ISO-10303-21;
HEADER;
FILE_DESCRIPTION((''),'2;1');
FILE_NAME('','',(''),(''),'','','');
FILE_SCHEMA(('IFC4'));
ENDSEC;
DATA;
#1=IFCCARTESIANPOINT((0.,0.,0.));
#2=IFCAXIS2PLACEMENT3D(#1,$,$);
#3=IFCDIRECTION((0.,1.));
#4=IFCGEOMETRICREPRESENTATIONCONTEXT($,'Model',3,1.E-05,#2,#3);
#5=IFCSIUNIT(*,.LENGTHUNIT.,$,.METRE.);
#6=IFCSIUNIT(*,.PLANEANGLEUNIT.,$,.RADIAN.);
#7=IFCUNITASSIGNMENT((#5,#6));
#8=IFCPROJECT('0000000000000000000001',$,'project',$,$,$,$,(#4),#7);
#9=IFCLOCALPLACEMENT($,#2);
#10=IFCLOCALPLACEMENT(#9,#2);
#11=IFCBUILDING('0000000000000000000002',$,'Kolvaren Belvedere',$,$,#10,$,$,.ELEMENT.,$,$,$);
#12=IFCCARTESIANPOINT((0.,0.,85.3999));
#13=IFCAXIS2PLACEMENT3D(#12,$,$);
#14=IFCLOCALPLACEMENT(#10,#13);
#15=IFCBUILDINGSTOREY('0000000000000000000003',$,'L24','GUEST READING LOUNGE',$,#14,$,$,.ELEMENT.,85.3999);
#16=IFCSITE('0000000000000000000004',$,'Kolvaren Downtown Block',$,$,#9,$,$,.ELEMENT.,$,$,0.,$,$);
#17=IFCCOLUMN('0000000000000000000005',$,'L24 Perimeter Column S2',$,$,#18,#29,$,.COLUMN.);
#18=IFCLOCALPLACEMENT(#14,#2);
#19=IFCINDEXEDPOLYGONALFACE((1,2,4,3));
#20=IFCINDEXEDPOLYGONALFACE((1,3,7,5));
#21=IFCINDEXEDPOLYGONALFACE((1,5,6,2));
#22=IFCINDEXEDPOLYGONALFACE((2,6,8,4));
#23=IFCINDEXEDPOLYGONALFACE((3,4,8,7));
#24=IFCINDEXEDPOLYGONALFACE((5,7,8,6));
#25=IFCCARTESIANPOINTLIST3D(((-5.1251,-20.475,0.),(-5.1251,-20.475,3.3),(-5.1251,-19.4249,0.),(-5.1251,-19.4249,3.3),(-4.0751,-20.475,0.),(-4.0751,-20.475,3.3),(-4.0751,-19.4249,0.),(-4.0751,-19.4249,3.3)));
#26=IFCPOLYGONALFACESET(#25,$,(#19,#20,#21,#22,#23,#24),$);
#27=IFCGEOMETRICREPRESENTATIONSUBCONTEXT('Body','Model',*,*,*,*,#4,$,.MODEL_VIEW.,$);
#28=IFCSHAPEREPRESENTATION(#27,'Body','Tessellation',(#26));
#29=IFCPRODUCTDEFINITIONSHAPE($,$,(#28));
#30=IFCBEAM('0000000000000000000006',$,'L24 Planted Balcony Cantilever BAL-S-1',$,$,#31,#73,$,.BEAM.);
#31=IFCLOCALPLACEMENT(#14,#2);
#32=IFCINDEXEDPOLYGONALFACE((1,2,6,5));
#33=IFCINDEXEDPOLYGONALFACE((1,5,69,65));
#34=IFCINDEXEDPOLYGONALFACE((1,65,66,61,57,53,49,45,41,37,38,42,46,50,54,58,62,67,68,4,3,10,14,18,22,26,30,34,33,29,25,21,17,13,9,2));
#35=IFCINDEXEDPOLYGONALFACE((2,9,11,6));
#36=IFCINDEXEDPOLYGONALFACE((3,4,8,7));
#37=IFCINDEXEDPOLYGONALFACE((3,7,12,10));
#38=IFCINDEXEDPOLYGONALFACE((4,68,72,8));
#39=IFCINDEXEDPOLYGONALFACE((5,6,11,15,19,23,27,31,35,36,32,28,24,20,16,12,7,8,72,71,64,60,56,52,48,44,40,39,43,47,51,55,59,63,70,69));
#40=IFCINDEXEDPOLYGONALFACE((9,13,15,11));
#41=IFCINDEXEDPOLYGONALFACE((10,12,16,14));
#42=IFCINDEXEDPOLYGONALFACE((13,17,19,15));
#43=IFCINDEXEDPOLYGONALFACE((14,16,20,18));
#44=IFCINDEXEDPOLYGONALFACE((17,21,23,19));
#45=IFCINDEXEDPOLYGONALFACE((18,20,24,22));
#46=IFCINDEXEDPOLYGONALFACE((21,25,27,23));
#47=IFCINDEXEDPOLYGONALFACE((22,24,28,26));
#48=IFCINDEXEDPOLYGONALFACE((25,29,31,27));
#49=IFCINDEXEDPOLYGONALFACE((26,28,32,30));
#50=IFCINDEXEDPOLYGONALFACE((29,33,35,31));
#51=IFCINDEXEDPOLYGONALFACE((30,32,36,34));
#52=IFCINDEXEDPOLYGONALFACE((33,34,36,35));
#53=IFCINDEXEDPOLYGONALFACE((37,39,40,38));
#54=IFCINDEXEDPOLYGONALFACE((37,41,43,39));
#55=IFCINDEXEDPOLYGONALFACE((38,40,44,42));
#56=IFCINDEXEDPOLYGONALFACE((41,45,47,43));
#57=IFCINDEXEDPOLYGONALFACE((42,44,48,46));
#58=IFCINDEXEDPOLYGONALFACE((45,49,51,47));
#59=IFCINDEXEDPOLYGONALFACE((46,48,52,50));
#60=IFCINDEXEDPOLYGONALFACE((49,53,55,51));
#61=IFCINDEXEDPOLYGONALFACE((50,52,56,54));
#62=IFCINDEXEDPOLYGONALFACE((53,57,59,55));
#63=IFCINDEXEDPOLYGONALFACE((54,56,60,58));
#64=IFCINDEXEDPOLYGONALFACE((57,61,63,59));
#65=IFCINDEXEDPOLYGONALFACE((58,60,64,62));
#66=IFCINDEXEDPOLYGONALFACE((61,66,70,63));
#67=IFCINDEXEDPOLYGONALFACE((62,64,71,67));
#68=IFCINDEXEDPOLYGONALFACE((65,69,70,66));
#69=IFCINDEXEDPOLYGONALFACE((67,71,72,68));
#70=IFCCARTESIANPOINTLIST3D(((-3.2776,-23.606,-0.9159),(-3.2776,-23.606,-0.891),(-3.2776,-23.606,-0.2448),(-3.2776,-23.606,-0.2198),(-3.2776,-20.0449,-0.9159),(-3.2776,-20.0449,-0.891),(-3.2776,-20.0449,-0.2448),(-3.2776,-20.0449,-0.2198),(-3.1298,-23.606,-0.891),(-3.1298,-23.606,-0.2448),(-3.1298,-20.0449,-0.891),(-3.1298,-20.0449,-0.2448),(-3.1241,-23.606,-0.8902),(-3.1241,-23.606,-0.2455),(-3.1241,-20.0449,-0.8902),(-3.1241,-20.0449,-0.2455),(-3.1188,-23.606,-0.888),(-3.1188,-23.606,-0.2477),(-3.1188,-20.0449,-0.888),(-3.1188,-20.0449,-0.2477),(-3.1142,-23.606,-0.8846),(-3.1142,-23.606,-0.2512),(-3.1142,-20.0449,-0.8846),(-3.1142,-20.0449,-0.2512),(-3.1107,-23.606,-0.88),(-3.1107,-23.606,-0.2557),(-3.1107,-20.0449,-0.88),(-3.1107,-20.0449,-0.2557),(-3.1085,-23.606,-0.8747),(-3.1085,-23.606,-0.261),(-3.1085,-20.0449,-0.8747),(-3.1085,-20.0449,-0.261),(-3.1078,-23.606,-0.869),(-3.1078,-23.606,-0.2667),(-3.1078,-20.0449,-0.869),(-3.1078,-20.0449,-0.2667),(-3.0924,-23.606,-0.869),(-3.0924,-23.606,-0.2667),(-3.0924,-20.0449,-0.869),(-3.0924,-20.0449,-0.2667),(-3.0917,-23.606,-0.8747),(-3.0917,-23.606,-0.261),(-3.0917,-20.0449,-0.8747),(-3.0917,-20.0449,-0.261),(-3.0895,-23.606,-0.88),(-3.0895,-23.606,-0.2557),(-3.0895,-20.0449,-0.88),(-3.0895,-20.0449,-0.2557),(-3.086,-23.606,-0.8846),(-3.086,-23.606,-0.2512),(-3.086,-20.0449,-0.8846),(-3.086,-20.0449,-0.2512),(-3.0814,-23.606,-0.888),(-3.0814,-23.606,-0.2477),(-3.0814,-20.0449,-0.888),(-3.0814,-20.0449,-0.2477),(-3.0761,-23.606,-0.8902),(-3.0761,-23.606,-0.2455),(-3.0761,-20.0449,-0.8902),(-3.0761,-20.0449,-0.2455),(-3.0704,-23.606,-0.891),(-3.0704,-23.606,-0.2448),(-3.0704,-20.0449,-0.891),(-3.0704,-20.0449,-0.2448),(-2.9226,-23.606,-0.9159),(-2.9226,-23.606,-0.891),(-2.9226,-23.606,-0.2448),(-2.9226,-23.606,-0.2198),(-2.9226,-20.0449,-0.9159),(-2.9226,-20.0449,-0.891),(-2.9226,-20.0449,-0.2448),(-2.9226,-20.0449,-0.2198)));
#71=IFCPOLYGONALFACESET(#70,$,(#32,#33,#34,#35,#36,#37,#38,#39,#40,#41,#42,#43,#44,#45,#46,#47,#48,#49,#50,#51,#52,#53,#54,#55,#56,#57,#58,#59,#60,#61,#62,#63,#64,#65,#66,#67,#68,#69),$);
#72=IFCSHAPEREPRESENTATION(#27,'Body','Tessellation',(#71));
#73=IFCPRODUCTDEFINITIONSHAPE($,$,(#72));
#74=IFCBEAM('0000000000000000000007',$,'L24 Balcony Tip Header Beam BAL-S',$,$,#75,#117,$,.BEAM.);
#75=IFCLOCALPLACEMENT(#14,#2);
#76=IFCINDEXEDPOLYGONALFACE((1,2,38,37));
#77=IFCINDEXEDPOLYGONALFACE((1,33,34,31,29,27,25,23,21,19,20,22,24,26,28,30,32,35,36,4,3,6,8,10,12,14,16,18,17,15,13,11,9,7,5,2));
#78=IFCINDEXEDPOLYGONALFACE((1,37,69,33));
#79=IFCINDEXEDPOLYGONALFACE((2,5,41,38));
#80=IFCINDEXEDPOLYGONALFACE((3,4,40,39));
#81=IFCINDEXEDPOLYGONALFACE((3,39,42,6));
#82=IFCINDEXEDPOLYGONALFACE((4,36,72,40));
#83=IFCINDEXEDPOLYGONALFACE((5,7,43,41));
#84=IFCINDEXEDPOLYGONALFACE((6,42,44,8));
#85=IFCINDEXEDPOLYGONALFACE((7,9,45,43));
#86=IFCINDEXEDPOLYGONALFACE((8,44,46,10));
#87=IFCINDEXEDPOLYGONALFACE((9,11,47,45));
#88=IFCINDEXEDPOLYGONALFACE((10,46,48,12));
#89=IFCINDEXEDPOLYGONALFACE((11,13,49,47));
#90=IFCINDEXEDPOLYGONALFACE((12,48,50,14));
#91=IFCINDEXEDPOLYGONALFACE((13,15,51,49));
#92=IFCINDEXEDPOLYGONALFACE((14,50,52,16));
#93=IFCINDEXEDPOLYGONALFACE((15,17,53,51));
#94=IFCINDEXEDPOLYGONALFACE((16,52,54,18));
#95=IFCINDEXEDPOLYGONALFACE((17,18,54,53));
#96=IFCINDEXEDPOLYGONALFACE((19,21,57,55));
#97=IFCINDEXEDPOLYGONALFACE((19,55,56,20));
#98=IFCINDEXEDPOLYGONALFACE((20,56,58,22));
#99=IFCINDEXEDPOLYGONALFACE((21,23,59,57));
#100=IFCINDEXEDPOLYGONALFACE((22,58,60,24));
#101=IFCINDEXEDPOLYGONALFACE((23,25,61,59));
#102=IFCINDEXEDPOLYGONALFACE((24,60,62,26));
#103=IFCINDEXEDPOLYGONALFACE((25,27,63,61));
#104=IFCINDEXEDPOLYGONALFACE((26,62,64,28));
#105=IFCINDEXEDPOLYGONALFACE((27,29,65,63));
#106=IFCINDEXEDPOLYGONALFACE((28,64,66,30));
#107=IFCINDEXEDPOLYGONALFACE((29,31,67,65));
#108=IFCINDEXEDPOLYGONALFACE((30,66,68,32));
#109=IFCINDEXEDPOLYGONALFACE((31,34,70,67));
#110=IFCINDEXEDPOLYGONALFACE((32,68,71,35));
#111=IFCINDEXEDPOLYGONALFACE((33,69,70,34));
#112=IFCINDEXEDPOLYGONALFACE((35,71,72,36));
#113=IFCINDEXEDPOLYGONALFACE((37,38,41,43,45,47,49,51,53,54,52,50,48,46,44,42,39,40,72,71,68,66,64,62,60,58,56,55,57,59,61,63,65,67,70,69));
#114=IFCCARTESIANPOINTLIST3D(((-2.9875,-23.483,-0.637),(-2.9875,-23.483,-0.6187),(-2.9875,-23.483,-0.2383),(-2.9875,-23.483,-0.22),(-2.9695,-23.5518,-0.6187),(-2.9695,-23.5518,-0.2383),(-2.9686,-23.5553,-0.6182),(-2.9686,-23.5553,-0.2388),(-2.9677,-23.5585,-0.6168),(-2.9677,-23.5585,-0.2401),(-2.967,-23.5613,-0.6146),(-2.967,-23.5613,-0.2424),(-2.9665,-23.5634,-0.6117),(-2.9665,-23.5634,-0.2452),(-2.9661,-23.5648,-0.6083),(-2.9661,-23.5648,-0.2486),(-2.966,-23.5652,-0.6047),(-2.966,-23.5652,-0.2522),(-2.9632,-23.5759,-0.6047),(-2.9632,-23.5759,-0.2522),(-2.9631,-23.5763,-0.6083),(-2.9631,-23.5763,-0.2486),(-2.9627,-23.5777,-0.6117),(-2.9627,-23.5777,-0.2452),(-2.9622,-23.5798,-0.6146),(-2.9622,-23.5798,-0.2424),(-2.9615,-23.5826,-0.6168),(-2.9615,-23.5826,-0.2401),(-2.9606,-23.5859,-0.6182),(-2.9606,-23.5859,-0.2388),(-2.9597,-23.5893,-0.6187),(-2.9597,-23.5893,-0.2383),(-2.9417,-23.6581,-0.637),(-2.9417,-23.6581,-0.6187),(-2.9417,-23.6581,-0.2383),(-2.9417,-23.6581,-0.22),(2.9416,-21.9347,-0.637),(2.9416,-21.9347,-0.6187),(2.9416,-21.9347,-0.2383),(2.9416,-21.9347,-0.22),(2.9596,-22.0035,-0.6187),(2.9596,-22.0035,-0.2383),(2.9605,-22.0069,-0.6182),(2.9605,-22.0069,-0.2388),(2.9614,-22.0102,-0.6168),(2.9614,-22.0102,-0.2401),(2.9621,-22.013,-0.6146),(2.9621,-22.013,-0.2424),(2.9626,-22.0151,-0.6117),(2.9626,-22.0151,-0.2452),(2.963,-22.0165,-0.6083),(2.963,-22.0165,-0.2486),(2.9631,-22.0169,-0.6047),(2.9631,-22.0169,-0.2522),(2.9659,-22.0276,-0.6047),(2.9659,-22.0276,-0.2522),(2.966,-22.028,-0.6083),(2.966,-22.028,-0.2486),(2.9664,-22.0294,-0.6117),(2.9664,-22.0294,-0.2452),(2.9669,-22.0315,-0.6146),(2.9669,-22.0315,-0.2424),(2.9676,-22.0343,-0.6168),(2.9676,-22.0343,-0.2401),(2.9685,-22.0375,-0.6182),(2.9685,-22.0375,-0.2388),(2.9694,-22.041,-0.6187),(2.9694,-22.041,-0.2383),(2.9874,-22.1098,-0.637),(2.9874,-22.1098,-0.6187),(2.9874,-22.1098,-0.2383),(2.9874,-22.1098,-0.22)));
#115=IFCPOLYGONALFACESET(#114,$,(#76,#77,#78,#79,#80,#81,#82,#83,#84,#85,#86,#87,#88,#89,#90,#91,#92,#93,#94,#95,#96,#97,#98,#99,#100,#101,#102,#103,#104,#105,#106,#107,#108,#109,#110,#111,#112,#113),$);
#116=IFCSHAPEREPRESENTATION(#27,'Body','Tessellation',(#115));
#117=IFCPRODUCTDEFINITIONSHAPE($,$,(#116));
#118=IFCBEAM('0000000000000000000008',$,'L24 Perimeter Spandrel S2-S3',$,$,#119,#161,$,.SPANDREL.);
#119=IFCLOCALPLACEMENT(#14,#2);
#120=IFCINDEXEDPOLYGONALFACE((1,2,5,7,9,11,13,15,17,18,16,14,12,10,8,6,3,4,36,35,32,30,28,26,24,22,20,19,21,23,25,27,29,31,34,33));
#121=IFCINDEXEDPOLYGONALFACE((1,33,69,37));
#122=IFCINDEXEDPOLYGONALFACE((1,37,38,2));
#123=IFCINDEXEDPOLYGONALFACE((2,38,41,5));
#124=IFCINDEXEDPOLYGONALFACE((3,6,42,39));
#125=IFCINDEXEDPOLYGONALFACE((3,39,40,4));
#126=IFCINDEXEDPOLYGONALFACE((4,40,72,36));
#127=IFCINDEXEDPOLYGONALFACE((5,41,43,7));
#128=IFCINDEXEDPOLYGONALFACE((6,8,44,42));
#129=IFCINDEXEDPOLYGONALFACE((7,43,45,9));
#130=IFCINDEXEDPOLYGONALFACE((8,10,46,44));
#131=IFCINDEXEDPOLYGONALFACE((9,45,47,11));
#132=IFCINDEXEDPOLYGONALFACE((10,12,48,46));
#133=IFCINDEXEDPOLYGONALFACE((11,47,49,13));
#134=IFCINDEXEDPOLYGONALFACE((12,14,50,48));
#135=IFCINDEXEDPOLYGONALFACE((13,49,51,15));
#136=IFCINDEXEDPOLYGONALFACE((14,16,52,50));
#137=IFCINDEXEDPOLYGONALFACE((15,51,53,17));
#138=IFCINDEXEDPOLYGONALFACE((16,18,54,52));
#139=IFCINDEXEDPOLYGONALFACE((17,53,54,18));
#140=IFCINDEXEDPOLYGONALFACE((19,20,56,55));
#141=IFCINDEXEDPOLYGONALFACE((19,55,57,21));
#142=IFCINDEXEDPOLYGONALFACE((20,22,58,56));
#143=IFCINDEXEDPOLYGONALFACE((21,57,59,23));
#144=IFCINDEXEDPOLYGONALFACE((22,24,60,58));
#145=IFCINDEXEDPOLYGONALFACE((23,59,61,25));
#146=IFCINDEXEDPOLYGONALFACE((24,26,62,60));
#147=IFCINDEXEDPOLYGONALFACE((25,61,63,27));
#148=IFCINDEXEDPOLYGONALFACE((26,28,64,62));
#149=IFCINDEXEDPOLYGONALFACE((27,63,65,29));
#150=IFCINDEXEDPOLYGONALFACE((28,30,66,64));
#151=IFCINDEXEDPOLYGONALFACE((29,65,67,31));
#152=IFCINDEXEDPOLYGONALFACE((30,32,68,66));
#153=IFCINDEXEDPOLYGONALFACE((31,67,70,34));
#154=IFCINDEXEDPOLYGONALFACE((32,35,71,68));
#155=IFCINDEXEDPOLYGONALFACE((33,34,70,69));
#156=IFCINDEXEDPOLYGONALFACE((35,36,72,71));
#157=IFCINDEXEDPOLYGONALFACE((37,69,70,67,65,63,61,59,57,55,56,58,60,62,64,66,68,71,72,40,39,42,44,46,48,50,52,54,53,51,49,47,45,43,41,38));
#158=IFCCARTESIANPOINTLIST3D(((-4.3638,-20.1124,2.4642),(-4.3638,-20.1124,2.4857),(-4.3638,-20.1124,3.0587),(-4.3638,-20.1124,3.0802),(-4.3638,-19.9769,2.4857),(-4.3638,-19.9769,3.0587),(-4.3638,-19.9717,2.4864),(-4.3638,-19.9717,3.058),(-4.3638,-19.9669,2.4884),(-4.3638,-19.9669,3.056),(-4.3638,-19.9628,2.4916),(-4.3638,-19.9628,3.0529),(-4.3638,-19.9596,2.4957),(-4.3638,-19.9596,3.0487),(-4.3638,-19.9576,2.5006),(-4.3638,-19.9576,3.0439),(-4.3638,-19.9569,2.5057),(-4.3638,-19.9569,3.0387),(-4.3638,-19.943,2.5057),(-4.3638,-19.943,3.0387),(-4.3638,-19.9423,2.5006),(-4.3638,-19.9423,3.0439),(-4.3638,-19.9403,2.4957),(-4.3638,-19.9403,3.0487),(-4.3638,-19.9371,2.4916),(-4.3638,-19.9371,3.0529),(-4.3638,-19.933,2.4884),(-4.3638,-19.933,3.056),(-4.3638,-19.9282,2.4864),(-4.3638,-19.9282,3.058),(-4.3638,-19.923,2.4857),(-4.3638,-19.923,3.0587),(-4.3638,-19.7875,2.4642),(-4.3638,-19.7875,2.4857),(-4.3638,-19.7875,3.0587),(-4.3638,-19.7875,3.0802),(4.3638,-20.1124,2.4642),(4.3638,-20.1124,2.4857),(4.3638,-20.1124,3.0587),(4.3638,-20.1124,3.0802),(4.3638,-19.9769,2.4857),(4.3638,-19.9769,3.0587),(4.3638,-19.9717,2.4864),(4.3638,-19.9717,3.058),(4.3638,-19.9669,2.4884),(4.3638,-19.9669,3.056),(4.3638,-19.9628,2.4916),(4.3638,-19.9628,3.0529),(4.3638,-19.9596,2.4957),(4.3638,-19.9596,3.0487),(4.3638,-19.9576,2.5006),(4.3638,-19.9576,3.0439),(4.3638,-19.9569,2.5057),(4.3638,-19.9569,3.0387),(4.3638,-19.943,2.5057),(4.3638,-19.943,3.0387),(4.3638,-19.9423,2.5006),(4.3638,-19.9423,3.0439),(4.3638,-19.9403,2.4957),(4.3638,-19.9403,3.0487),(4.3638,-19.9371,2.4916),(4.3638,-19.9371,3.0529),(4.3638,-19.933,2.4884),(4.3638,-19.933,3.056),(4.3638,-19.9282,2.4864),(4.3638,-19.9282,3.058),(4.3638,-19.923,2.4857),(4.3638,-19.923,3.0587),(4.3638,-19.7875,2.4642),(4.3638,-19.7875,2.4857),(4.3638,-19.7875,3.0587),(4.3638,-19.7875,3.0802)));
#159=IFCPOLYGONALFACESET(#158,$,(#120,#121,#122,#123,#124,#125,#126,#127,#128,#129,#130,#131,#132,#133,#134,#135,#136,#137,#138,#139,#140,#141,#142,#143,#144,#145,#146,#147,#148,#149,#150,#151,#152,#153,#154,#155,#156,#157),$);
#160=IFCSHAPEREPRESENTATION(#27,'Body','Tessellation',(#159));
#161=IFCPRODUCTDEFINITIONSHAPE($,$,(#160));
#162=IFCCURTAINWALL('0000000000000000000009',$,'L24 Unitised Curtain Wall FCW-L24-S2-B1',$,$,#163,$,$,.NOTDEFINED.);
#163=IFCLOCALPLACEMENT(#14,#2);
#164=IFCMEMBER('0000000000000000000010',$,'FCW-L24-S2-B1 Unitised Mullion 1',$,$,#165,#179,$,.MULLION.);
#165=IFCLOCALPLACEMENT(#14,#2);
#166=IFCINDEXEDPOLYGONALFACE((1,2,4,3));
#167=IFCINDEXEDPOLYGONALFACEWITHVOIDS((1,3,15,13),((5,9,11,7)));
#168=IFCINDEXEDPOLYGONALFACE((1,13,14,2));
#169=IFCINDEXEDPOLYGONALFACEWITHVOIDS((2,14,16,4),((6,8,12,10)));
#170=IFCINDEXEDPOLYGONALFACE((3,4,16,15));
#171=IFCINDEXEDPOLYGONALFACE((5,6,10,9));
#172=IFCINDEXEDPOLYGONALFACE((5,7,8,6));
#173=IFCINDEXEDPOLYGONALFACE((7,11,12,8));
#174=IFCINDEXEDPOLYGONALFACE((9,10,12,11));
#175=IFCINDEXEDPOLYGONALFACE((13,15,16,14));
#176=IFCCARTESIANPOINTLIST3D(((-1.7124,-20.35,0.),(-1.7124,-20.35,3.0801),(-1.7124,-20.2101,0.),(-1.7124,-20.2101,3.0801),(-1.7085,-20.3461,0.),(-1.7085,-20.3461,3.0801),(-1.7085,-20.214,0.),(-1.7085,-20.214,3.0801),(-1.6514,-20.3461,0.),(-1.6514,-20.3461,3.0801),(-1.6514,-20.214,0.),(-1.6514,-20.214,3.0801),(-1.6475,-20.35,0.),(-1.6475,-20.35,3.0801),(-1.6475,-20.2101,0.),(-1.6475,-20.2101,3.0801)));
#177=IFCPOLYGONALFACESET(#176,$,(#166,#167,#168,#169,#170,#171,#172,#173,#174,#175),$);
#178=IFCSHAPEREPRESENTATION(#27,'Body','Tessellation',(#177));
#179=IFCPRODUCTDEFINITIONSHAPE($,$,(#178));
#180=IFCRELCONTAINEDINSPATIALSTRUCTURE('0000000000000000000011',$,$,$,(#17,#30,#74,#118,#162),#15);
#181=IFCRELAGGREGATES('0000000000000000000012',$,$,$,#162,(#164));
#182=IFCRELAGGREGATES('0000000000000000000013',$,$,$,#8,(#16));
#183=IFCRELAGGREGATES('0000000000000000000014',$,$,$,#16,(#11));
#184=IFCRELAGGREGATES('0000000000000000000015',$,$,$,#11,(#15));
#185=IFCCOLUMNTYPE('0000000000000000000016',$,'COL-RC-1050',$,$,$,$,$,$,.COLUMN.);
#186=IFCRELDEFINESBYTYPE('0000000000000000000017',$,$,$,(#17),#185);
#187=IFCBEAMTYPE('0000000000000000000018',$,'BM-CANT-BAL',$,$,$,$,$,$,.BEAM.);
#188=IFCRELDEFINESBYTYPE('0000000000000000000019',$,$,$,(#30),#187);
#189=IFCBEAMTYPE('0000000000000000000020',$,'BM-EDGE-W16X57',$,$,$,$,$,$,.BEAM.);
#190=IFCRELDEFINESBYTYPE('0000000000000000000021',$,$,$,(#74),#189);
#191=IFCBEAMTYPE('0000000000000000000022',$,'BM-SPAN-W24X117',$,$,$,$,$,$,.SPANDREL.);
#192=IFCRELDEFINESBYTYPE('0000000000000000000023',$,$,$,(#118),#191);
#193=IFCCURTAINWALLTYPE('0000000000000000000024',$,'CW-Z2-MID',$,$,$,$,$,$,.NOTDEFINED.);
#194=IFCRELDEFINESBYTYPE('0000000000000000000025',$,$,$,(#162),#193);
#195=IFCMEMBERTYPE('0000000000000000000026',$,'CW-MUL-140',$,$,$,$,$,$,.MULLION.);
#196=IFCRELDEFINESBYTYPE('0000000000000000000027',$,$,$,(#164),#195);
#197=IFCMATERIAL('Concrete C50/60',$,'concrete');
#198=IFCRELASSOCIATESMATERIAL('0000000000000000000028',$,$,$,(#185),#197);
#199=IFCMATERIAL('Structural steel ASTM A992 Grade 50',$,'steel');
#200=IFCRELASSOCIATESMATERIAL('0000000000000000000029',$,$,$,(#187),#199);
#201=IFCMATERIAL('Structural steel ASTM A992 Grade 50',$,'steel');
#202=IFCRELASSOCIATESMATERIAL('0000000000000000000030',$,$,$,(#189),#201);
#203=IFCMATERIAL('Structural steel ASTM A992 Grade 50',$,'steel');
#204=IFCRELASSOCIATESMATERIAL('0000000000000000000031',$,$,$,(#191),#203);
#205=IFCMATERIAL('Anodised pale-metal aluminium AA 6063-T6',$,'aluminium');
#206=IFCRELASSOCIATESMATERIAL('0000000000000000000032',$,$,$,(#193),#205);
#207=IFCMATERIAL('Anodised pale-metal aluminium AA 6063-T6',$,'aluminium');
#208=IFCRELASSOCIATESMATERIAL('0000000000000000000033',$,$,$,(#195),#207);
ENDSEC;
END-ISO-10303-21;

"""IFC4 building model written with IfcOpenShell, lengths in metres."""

from ifc_helpers import new_model, si_unit, direction, frame, origin, origin_2d, place, context, subcontext, project, spatial, rectangle, hollow_rectangle, i_section, extrude, material, material_profile, profile_set, type_object, element, aggregate, save


model = new_model("IFC4")

# Units and contexts
model_context = context("Model", 3, precision=1e-05, world=origin(), true_north=direction((0.0, 1.0)))
body_context = subcontext(model_context, "Body", "Model", "MODEL_VIEW")
ifc_project = project(units=[si_unit("LENGTHUNIT", "METRE"), si_unit("PLANEANGLEUNIT", "RADIAN")], contexts=[model_context])

# Site, building, storey
site_placement = place(None, origin())
site = spatial("IfcSite", under=ifc_project, at=site_placement, Name="Kolvaren Downtown Block", CompositionType="ELEMENT", RefElevation=0.0)
building_placement = place(site_placement, origin())
building = spatial("IfcBuilding", under=site, at=building_placement, Name="Kolvaren Belvedere", CompositionType="ELEMENT")
storey_placement = place(building_placement, frame((0.0, 0.0, 85.3999)))
storey = spatial("IfcBuildingStorey", under=building, at=storey_placement, Name="L24", Description="GUEST READING LOUNGE", CompositionType="ELEMENT", Elevation=85.3999)

# Column
ifc_material_1 = material(Name="Concrete C50/60", Category="concrete")
ifc_material_profile_1 = material_profile(ifc_material_1, rectangle(XDim=1.05, YDim=1.05, at=origin_2d()), Name="RC 1050X1050")
ifc_profile_set_1 = profile_set([ifc_material_profile_1], Name="Concrete C50/60")
column_type = type_object("IfcColumnType", Name="COL-RC-1050", PredefinedType="COLUMN", material=ifc_profile_set_1)
column_placement = place(storey_placement, frame((-4.6001, -19.95, 0.0), z_axis=(0.0, 0.0, 1.0), x_axis=(1.0, 0.0, 0.0)))
element("IfcColumn", 1, at=column_placement, inside=storey, type_object=column_type, Name="L24 Perimeter Column S2", PredefinedType="COLUMN", context=body_context, shape_type="SweptSolid", body=[
    extrude(rectangle(XDim=1.05, YDim=1.05, at=origin_2d()), origin(), (0.0, 0.0, 1.0), 3.3),
])

# Beams
ifc_material_2 = material(Name="Structural steel ASTM A992 Grade 50", Category="steel")
ifc_material_profile_2 = material_profile(ifc_material_2, i_section(OverallWidth=0.355, OverallDepth=0.696, WebThickness=0.0154, FlangeThickness=0.0249, FilletRadius=0.022, at=origin_2d()), Name="W27X146")
ifc_profile_set_2 = profile_set([ifc_material_profile_2], Name="Structural steel ASTM A992 Grade 50")
beam_type_1 = type_object("IfcBeamType", Name="BM-CANT-BAL", PredefinedType="BEAM", material=ifc_profile_set_2)
beam_1_placement = place(storey_placement, frame((-3.1001, -20.0449, -0.5679), z_axis=(0.0, -1.0, 0.0), x_axis=(1.0, 0.0, 0.0)))
element("IfcBeam", 2, at=beam_1_placement, inside=storey, type_object=beam_type_1, Name="L24 Planted Balcony Cantilever BAL-S-1", PredefinedType="BEAM", context=body_context, shape_type="SweptSolid", body=[
    extrude(i_section(OverallWidth=0.355, OverallDepth=0.696, WebThickness=0.0154, FlangeThickness=0.0249, FilletRadius=0.022, at=origin_2d()), origin(), (0.0, 0.0, 1.0), 3.561),
])
ifc_material_3 = material(Name="Structural steel ASTM A992 Grade 50", Category="steel")
ifc_material_profile_3 = material_profile(ifc_material_3, i_section(OverallWidth=0.1809, OverallDepth=0.417, WebThickness=0.011, FlangeThickness=0.0183, FilletRadius=0.0139, at=origin_2d()), Name="W16X57")
ifc_profile_set_3 = profile_set([ifc_material_profile_3], Name="Structural steel ASTM A992 Grade 50")
beam_type_2 = type_object("IfcBeamType", Name="BM-EDGE-W16X57", PredefinedType="BEAM", material=ifc_profile_set_3)
beam_2_placement = place(storey_placement, frame((-2.9646, -23.5706, -0.4285), z_axis=(0.967554, 0.252665, 0.0), x_axis=(-0.252665, 0.967554, 0.0)))
element("IfcBeam", 3, at=beam_2_placement, inside=storey, type_object=beam_type_2, Name="L24 Balcony Tip Header Beam BAL-S", PredefinedType="BEAM", context=body_context, shape_type="SweptSolid", body=[
    extrude(i_section(OverallWidth=0.1809, OverallDepth=0.417, WebThickness=0.011, FlangeThickness=0.0183, FilletRadius=0.0139, at=origin_2d()), origin(), (0.0, 0.0, 1.0), 6.1279),
])
ifc_material_4 = material(Name="Structural steel ASTM A992 Grade 50", Category="steel")
ifc_material_profile_4 = material_profile(ifc_material_4, i_section(OverallWidth=0.325, OverallDepth=0.616, WebThickness=0.0139, FlangeThickness=0.0215, FilletRadius=0.02, at=origin_2d()), Name="W24X117")
ifc_profile_set_4 = profile_set([ifc_material_profile_4], Name="Structural steel ASTM A992 Grade 50")
beam_type_3 = type_object("IfcBeamType", Name="BM-SPAN-W24X117", PredefinedType="SPANDREL", material=ifc_profile_set_4)
beam_3_placement = place(storey_placement, frame((-4.3638, -19.95, 2.7722), z_axis=(1.0, 0.0, 0.0), x_axis=(0.0, 1.0, 0.0)))
element("IfcBeam", 4, at=beam_3_placement, inside=storey, type_object=beam_type_3, Name="L24 Perimeter Spandrel S2-S3", PredefinedType="SPANDREL", context=body_context, shape_type="SweptSolid", body=[
    extrude(i_section(OverallWidth=0.325, OverallDepth=0.616, WebThickness=0.0139, FlangeThickness=0.0215, FilletRadius=0.02, at=origin_2d()), origin(), (0.0, 0.0, 1.0), 8.7275),
])

# Curtain wall, member
ifc_material_5 = material(Name="Anodised pale-metal aluminium AA 6063-T6", Category="aluminium")
curtain_wall_type = type_object("IfcCurtainWallType", Name="CW-Z2-MID", PredefinedType="NOTDEFINED", material=ifc_material_5)
curtain_wall_1_placement = place(storey_placement, origin())
curtain_wall_1 = element("IfcCurtainWall", 5, at=curtain_wall_1_placement, inside=storey, type_object=curtain_wall_type, Name="L24 Unitised Curtain Wall FCW-L24-S2-B1", PredefinedType="NOTDEFINED")
ifc_material_6 = material(Name="Anodised pale-metal aluminium AA 6063-T6", Category="aluminium")
ifc_material_profile_5 = material_profile(ifc_material_6, hollow_rectangle(XDim=0.0649, YDim=0.1399, WallThickness=0.0039, at=origin_2d()), Name="ALU-MUL-140X65")
ifc_profile_set_5 = profile_set([ifc_material_profile_5], Name="Anodised pale-metal aluminium AA 6063-T6")
member_type_1 = type_object("IfcMemberType", Name="CW-MUL-140", PredefinedType="MULLION", material=ifc_profile_set_5)
member_1_placement = place(storey_placement, frame((-1.6799, -20.28, 0.0), z_axis=(0.0, 0.0, 1.0), x_axis=(1.0, 0.0, 0.0)))
member_1 = element("IfcMember", 6, at=member_1_placement, type_object=member_type_1, Name="FCW-L24-S2-B1 Unitised Mullion 1", PredefinedType="MULLION", context=body_context, shape_type="SweptSolid", body=[
    extrude(hollow_rectangle(XDim=0.0649, YDim=0.1399, WallThickness=0.0039, at=origin_2d()), origin(), (0.0, 0.0, 1.0), 3.0801),
])

aggregate(curtain_wall_1, [member_1])

save(model, "model.ifc")
